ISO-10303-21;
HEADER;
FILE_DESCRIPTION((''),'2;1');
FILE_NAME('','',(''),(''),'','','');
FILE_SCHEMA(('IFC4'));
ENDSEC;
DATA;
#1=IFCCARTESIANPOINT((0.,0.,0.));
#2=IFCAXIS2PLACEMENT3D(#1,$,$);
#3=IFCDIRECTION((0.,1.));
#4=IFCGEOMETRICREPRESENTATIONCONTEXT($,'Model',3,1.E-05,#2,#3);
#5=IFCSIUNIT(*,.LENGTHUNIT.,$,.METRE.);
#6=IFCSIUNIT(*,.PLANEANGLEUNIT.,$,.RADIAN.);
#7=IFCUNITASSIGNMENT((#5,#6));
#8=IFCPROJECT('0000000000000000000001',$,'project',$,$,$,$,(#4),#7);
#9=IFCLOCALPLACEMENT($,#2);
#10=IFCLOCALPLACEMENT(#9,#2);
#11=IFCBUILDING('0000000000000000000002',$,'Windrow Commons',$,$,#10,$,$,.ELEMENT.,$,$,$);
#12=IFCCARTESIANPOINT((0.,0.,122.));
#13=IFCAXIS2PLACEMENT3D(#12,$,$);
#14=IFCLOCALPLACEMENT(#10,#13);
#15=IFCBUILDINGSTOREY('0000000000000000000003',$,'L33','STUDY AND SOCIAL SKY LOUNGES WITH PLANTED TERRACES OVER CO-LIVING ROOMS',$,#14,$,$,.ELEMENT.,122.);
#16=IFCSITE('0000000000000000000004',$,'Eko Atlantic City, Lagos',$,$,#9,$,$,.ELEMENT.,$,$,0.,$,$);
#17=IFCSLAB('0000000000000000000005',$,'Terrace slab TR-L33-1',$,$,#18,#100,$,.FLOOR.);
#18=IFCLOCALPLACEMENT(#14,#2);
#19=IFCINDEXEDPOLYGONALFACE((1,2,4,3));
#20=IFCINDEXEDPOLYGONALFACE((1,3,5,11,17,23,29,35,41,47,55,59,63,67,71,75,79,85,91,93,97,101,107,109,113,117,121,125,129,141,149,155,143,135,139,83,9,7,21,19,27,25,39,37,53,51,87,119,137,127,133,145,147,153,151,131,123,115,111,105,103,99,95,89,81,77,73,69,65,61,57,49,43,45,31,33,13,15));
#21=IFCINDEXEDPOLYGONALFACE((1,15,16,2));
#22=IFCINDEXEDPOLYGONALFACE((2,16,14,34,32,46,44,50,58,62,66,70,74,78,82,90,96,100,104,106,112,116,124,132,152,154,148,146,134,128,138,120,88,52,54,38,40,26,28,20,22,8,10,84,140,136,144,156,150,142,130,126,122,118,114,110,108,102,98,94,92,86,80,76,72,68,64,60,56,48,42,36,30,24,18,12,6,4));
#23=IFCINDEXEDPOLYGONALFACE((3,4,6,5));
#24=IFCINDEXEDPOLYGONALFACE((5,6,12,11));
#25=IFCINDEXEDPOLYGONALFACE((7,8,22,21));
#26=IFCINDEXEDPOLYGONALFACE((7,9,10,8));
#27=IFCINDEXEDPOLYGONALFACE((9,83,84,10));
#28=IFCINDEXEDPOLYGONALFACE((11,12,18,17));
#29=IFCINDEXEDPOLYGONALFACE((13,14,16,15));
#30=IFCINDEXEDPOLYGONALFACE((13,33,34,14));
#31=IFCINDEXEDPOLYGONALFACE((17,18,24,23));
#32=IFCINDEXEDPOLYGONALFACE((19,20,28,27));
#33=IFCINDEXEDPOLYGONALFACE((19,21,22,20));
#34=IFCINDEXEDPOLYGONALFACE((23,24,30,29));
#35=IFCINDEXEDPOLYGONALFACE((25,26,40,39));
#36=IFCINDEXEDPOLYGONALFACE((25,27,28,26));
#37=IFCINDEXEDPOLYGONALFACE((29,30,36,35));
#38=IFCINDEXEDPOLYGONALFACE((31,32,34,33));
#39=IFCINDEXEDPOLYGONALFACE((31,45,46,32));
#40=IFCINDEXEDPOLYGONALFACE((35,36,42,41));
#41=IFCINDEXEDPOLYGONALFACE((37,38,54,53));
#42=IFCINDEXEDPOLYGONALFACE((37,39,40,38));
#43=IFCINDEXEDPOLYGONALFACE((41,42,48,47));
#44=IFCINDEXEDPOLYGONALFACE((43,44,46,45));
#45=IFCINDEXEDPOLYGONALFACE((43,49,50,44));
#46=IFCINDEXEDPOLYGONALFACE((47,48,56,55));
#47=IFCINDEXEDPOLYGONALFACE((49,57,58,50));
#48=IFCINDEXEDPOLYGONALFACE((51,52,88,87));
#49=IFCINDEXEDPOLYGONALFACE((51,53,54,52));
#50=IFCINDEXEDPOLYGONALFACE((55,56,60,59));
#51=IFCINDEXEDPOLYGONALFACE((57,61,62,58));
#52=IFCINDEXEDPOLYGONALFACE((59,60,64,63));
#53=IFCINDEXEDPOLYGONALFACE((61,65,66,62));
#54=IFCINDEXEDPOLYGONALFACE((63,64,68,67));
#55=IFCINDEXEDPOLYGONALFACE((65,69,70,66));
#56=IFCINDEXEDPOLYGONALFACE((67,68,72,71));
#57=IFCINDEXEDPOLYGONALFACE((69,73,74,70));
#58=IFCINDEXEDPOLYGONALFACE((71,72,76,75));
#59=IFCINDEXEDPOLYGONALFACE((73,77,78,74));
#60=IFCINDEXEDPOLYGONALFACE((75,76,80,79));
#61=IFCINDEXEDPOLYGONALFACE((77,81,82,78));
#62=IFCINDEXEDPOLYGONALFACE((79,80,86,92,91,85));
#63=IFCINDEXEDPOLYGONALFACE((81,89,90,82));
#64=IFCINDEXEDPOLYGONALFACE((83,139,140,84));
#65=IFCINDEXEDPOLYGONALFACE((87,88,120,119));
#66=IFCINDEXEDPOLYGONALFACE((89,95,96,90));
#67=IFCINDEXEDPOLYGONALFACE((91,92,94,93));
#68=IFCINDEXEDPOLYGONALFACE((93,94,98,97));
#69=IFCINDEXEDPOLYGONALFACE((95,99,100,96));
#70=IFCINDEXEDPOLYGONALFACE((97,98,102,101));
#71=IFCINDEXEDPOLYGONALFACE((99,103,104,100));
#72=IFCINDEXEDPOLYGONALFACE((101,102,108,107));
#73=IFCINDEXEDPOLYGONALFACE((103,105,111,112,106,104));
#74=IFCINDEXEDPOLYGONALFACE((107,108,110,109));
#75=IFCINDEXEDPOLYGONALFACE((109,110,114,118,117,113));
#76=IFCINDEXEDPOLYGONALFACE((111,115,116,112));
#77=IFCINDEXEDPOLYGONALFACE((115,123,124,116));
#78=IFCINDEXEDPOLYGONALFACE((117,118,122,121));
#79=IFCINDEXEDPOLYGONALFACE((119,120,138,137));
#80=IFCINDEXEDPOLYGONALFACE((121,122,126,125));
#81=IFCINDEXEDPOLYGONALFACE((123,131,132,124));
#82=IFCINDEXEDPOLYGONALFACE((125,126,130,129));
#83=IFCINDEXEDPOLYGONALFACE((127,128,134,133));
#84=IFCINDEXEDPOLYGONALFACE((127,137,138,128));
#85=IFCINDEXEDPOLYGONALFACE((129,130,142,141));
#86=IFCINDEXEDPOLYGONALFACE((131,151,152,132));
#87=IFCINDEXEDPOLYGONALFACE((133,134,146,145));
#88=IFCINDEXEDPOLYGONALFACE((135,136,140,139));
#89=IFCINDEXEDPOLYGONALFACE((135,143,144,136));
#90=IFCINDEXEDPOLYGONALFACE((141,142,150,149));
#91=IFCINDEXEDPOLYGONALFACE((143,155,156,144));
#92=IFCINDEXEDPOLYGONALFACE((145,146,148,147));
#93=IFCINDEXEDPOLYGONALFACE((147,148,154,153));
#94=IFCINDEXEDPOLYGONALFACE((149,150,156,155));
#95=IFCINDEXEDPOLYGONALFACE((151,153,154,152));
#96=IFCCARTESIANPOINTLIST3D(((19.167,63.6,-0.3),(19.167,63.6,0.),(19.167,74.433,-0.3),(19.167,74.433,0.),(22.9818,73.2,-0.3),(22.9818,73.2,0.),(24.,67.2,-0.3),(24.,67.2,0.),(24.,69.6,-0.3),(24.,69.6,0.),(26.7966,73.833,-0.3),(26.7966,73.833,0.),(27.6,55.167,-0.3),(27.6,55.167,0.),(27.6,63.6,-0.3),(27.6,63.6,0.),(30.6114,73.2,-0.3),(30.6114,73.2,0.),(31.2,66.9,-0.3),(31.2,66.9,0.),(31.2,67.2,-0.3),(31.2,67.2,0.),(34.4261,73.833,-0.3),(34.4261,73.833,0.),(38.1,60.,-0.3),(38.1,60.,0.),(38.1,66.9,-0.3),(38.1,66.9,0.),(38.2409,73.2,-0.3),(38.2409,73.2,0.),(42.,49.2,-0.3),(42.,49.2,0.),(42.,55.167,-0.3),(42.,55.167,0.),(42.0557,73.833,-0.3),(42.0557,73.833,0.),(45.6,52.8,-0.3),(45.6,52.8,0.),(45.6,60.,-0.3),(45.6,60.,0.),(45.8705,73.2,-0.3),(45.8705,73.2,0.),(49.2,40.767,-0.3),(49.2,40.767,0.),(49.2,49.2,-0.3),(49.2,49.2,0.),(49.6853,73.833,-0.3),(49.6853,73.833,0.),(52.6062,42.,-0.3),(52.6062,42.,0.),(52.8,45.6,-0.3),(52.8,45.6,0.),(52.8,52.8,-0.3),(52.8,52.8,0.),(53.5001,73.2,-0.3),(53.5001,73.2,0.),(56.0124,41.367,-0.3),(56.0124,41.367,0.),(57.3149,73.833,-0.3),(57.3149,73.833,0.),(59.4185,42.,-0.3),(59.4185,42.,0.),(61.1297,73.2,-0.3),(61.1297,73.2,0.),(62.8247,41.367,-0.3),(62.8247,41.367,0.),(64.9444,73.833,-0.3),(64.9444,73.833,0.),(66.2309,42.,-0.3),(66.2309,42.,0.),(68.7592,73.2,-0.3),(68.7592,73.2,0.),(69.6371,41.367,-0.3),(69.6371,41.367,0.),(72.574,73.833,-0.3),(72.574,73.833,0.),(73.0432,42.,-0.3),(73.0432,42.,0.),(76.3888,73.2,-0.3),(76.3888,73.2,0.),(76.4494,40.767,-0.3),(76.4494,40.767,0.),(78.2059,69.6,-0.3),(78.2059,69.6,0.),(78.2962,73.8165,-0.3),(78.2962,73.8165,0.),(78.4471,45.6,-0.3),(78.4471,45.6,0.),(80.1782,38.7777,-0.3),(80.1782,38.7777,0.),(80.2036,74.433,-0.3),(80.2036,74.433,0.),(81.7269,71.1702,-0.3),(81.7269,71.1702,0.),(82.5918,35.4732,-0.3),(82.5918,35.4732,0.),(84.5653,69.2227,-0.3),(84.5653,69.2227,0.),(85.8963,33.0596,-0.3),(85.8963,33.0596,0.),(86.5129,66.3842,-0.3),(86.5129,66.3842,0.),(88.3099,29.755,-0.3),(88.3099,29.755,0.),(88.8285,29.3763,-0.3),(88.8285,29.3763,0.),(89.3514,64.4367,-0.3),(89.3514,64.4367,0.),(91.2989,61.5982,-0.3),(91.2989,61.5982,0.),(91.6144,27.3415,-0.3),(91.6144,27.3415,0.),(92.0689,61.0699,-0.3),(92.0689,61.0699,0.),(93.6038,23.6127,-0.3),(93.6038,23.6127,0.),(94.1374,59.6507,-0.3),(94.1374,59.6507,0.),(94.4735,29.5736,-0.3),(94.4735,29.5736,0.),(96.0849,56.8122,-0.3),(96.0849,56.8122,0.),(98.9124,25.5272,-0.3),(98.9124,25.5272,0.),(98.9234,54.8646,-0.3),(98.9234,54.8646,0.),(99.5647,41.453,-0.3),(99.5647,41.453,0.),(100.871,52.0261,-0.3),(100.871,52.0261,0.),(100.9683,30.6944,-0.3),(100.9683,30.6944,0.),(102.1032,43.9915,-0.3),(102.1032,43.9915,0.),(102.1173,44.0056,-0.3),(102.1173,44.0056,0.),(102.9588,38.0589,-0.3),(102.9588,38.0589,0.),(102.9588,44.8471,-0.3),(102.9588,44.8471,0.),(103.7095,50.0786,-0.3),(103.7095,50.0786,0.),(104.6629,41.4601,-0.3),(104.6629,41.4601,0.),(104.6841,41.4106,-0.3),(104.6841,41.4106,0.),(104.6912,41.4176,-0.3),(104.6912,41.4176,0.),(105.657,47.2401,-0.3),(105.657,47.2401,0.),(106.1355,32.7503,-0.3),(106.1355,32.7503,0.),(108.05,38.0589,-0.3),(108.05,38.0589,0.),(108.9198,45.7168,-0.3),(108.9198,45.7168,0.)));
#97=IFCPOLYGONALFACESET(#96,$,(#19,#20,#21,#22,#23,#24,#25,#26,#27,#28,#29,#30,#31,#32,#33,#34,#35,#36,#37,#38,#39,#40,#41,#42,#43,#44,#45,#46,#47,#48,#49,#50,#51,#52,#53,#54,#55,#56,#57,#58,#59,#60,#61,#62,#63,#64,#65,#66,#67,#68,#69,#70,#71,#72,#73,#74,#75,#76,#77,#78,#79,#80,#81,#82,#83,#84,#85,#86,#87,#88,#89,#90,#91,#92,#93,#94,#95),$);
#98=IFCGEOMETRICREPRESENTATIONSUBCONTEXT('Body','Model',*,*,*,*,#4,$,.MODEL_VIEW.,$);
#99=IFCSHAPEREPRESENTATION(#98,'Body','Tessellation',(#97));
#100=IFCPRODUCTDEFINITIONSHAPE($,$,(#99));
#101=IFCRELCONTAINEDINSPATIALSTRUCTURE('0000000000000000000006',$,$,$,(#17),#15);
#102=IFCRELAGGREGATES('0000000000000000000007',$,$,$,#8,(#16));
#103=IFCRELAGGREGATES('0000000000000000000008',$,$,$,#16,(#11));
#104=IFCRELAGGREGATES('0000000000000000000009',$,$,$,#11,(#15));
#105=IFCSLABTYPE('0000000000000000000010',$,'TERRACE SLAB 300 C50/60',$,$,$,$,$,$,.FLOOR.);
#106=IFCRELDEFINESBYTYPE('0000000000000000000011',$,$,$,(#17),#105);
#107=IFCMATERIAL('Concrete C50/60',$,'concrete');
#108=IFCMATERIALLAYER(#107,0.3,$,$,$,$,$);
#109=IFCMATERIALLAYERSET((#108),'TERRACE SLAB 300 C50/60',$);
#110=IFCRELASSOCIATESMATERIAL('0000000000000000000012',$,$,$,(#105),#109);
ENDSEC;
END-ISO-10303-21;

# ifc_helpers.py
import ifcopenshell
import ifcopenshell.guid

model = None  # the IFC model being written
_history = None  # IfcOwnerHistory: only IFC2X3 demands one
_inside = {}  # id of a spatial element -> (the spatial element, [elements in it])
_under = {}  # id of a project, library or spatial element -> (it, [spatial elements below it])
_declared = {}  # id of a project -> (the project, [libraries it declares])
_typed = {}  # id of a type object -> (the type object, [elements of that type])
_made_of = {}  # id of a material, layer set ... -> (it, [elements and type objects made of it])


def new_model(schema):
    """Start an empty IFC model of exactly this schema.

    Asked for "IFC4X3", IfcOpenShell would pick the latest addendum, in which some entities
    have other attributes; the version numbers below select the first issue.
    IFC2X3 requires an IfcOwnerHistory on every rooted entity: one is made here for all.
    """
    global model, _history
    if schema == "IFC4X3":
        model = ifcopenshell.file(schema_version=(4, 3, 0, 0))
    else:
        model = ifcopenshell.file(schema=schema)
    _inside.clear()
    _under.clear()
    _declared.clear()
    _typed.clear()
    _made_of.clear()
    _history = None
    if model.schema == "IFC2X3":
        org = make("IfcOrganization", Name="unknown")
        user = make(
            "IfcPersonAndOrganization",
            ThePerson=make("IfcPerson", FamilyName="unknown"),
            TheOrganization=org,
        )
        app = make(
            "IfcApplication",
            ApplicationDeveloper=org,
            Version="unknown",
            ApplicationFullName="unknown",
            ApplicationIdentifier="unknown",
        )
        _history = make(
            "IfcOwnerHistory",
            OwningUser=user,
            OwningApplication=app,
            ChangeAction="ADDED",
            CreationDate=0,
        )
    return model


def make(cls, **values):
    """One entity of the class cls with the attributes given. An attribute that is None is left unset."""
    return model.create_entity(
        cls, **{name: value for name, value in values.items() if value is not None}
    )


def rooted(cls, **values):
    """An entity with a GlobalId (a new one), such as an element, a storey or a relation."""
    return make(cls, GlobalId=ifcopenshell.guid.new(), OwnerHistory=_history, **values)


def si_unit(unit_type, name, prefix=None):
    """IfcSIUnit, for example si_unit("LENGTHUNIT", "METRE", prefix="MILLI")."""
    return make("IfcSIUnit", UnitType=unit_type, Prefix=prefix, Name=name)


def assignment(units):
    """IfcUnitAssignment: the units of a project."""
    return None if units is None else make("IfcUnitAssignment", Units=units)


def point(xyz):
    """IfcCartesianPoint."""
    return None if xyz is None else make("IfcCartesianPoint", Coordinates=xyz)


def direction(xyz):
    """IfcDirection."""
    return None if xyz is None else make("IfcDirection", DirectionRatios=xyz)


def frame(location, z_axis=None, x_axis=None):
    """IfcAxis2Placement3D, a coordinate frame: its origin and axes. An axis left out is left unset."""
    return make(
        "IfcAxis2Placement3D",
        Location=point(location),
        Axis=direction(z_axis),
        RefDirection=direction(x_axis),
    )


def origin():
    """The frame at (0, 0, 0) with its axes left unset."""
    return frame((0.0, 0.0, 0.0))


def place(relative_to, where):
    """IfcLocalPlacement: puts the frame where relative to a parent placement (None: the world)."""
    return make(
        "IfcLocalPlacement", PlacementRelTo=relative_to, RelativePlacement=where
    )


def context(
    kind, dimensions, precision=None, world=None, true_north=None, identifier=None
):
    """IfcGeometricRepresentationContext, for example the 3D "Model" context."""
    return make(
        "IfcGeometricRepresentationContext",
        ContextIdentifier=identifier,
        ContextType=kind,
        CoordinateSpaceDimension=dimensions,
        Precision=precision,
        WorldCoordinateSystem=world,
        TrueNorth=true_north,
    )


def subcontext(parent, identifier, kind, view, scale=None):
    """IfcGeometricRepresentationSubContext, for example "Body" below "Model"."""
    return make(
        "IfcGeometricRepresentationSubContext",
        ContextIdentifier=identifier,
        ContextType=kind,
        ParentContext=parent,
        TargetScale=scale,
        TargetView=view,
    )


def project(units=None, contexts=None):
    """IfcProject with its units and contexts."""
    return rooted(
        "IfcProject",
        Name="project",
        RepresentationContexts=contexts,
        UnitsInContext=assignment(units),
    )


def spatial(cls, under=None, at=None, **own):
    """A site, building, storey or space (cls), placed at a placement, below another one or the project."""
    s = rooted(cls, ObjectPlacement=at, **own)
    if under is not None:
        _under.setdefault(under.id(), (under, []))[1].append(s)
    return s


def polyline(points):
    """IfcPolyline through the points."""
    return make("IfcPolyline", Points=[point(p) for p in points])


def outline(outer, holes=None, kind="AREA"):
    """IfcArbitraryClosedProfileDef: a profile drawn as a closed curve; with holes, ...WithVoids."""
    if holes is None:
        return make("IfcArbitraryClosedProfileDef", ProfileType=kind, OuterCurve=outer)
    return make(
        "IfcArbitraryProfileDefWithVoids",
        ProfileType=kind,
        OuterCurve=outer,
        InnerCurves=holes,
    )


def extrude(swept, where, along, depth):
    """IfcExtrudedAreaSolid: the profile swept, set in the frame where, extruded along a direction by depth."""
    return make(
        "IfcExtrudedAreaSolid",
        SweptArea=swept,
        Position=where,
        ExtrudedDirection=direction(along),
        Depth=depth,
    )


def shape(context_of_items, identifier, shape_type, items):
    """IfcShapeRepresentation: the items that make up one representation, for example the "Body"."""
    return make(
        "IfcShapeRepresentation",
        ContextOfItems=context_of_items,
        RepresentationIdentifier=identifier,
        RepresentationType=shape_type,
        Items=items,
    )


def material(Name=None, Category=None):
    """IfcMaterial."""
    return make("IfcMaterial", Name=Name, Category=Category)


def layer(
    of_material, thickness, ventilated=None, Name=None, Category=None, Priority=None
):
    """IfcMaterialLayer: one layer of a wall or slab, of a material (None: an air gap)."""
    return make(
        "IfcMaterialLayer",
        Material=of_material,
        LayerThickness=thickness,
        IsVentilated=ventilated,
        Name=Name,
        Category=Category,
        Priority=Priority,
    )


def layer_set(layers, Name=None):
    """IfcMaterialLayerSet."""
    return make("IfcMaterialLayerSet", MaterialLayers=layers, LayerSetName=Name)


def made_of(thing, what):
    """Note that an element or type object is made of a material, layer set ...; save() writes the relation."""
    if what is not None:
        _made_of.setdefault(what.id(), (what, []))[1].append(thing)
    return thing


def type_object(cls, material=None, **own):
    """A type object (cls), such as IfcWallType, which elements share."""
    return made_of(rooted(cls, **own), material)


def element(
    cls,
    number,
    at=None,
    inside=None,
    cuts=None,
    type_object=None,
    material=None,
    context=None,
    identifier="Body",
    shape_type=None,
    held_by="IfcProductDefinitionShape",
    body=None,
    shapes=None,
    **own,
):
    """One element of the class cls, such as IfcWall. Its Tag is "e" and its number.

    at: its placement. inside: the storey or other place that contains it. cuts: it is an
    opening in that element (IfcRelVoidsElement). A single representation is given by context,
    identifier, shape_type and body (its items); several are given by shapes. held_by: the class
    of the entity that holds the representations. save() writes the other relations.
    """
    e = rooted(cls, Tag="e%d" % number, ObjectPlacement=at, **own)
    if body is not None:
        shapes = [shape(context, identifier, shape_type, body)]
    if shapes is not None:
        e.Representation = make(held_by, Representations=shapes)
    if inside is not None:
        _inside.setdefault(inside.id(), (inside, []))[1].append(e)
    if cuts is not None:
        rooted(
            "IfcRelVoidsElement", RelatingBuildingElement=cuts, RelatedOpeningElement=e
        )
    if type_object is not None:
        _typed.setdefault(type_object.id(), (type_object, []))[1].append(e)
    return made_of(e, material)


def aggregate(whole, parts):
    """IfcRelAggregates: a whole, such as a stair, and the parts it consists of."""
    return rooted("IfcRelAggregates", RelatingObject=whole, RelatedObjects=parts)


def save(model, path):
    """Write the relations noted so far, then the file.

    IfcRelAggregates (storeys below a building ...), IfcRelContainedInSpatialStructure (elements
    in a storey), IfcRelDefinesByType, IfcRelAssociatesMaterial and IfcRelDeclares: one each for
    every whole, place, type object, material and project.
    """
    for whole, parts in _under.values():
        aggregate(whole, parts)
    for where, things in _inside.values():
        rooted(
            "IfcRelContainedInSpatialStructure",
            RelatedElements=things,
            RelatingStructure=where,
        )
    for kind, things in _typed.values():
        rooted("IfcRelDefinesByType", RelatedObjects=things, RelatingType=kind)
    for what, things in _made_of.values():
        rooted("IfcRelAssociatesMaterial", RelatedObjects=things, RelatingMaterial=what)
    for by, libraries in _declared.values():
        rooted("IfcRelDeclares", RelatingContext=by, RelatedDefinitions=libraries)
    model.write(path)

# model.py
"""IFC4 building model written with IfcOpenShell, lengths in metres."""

from ifc_helpers import new_model, si_unit, direction, frame, origin, place, context, subcontext, project, spatial, polyline, outline, extrude, material, layer, layer_set, type_object, element, save


model = new_model("IFC4")

# Units and contexts
model_context = context("Model", 3, precision=1e-05, world=origin(), true_north=direction((0.0, 1.0)))
body_context = subcontext(model_context, "Body", "Model", "MODEL_VIEW")
ifc_project = project(units=[si_unit("LENGTHUNIT", "METRE"), si_unit("PLANEANGLEUNIT", "RADIAN")], contexts=[model_context])

# Site, building, storey
site_placement = place(None, origin())
site = spatial("IfcSite", under=ifc_project, at=site_placement, Name="Eko Atlantic City, Lagos", CompositionType="ELEMENT", RefElevation=0.0)
building_placement = place(site_placement, origin())
building = spatial("IfcBuilding", under=site, at=building_placement, Name="Windrow Commons", CompositionType="ELEMENT")
storey_placement = place(building_placement, frame((0.0, 0.0, 122.0)))
storey = spatial("IfcBuildingStorey", under=building, at=storey_placement, Name="L33", Description="STUDY AND SOCIAL SKY LOUNGES WITH PLANTED TERRACES OVER CO-LIVING ROOMS", CompositionType="ELEMENT", Elevation=122.0)

# Shared definitions
placement_1 = place(storey_placement, frame((0.0, 0.0, -0.3)))

# Slab
ifc_material_1 = material(Name="Concrete C50/60", Category="concrete")
ifc_layer_1 = layer(ifc_material_1, 0.3)
ifc_layer_set_1 = layer_set([ifc_layer_1], Name="TERRACE SLAB 300 C50/60")
slab_type_1 = type_object("IfcSlabType", Name="TERRACE SLAB 300 C50/60", PredefinedType="FLOOR", material=ifc_layer_set_1)
element("IfcSlab", 1, at=placement_1, inside=storey, type_object=slab_type_1, Name="Terrace slab TR-L33-1", PredefinedType="FLOOR", context=body_context, shape_type="SweptSolid", body=[
    extrude(outline(polyline([(82.5918, 35.4732), (85.8963, 33.0596), (88.3099, 29.755), (88.8285, 29.3763), (91.6144, 27.3415), (93.6038, 23.6127), (98.9124, 25.5272), (100.9683, 30.6944), (106.1355, 32.7503), (108.05, 38.0589), (104.6912, 41.4176), (104.6841, 41.4106), (102.1032, 43.9915), (99.5647, 41.453), (102.9588, 38.0589), (94.4735, 29.5736), (78.4471, 45.6), (52.8, 45.6), (52.8, 52.8), (45.6, 52.8), (45.6, 60.0), (38.1, 60.0), (38.1, 66.9), (31.2, 66.9), (31.2, 67.2), (24.0, 67.2), (24.0, 69.6), (78.2059, 69.6), (102.9588, 44.8471), (102.1173, 44.0056), (104.6629, 41.4601), (108.9198, 45.7168), (105.657, 47.2401), (103.7095, 50.0786), (100.871, 52.0261), (98.9234, 54.8646), (96.0849, 56.8122), (94.1374, 59.6507), (92.0689, 61.0699), (91.2989, 61.5982), (89.3514, 64.4367), (86.5129, 66.3842), (84.5653, 69.2227), (81.7269, 71.1702), (80.2036, 74.433), (78.2962, 73.8165), (76.3888, 73.2), (72.574, 73.833), (68.7592, 73.2), (64.9444, 73.833), (61.1297, 73.2), (57.3149, 73.833), (53.5001, 73.2), (49.6853, 73.833), (45.8705, 73.2), (42.0557, 73.833), (38.2409, 73.2), (34.4261, 73.833), (30.6114, 73.2), (26.7966, 73.833), (22.9818, 73.2), (19.167, 74.433), (19.167, 63.6), (27.6, 63.6), (27.6, 55.167), (42.0, 55.167), (42.0, 49.2), (49.2, 49.2), (49.2, 40.767), (52.6062, 42.0), (56.0124, 41.367), (59.4185, 42.0), (62.8247, 41.367), (66.2309, 42.0), (69.6371, 41.367), (73.0432, 42.0), (76.4494, 40.767), (80.1782, 38.7777), (82.5918, 35.4732)])), origin(), (0.0, 0.0, 1.0), 0.3),
])

save(model, "model.ifc")
